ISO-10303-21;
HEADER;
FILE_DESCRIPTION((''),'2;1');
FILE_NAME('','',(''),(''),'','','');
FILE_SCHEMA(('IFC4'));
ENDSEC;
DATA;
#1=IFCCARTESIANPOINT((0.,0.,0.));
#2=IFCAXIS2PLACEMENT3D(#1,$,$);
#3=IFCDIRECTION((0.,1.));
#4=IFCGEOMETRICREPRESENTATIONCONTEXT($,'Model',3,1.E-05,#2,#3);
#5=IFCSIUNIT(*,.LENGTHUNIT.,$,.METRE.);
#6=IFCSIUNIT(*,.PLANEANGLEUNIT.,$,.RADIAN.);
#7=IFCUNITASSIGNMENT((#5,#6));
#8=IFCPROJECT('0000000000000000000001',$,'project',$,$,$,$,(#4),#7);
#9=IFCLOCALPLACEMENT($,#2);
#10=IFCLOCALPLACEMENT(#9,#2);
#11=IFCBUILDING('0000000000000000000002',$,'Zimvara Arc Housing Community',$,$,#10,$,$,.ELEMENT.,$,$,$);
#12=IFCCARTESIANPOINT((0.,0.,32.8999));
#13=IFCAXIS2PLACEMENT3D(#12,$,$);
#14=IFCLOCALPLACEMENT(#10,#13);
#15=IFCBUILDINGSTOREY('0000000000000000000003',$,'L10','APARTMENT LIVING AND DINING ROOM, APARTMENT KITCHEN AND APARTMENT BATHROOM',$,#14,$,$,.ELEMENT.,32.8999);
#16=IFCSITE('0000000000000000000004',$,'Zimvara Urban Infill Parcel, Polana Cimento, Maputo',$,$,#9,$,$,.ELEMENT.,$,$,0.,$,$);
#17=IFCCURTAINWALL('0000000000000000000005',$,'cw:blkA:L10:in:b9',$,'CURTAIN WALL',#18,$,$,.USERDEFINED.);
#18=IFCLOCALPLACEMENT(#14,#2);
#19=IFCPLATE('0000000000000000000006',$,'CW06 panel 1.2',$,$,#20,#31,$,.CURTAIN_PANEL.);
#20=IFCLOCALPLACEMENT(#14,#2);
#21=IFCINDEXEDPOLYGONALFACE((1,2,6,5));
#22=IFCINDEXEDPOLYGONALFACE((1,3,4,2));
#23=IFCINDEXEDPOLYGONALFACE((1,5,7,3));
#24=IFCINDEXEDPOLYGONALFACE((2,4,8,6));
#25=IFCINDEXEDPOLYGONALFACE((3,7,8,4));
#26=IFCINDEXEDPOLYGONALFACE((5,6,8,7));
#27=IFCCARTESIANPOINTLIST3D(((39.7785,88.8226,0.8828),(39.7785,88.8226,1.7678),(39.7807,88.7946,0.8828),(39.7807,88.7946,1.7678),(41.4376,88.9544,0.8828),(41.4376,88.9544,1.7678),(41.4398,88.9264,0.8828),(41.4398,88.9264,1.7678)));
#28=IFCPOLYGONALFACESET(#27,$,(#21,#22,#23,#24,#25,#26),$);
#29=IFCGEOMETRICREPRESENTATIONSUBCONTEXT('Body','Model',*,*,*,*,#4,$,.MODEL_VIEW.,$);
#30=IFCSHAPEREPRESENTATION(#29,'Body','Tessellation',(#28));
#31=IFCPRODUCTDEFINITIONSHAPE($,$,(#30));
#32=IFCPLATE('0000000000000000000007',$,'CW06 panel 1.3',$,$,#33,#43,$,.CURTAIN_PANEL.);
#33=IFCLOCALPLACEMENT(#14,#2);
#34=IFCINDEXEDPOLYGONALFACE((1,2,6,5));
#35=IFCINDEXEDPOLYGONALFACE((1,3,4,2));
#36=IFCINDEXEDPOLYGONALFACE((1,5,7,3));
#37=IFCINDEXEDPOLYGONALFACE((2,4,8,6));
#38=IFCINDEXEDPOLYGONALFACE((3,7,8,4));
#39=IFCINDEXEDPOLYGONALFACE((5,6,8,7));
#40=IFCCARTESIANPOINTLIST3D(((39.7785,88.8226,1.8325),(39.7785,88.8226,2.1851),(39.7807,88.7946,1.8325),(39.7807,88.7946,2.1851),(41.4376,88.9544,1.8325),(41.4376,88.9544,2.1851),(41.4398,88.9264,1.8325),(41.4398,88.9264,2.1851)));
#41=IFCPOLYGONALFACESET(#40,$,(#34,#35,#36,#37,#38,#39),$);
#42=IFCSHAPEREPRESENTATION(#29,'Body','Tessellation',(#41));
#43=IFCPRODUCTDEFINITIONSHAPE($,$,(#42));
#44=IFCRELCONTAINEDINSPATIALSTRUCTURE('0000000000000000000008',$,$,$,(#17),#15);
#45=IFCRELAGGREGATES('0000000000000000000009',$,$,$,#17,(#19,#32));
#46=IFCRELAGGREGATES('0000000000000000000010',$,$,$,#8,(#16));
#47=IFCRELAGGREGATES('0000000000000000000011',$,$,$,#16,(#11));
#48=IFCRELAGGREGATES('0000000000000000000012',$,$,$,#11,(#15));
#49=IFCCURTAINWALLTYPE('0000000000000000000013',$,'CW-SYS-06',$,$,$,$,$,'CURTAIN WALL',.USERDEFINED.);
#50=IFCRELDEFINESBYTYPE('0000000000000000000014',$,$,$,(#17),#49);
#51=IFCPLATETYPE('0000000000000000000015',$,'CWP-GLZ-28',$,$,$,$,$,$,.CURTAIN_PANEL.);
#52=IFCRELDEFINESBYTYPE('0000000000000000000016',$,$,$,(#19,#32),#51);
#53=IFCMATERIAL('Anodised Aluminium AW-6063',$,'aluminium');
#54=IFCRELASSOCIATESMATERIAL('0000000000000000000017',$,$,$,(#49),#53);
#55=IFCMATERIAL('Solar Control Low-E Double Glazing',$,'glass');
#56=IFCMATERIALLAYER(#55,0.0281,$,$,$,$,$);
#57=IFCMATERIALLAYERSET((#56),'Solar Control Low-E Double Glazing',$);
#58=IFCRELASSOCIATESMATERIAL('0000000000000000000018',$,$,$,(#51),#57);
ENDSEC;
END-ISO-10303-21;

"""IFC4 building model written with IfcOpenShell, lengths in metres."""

from ifc_helpers import new_model, si_unit, direction, frame, origin, origin_2d, place, context, subcontext, project, spatial, rectangle, extrude, material, layer, layer_set, type_object, element, aggregate, save


model = new_model("IFC4")

# Units and contexts
model_context = context("Model", 3, precision=1e-05, world=origin(), true_north=direction((0.0, 1.0)))
body_context = subcontext(model_context, "Body", "Model", "MODEL_VIEW")
ifc_project = project(units=[si_unit("LENGTHUNIT", "METRE"), si_unit("PLANEANGLEUNIT", "RADIAN")], contexts=[model_context])

# Site, building, storey
site_placement = place(None, origin())
site = spatial("IfcSite", under=ifc_project, at=site_placement, Name="Zimvara Urban Infill Parcel, Polana Cimento, Maputo", CompositionType="ELEMENT", RefElevation=0.0)
building_placement = place(site_placement, origin())
building = spatial("IfcBuilding", under=site, at=building_placement, Name="Zimvara Arc Housing Community", CompositionType="ELEMENT")
storey_placement = place(building_placement, frame((0.0, 0.0, 32.8999)))
storey = spatial("IfcBuildingStorey", under=building, at=storey_placement, Name="L10", Description="APARTMENT LIVING AND DINING ROOM, APARTMENT KITCHEN AND APARTMENT BATHROOM", CompositionType="ELEMENT", Elevation=32.8999)

# Curtain wall, plates
ifc_material_1 = material(Name="Anodised Aluminium AW-6063", Category="aluminium")
curtain_wall_type = type_object("IfcCurtainWallType", Name="CW-SYS-06", ElementType="CURTAIN WALL", PredefinedType="USERDEFINED", material=ifc_material_1)
curtain_wall_placement = place(storey_placement, origin())
curtain_wall = element("IfcCurtainWall", 1, at=curtain_wall_placement, inside=storey, type_object=curtain_wall_type, Name="cw:blkA:L10:in:b9", ObjectType="CURTAIN WALL", PredefinedType="USERDEFINED")
ifc_material_2 = material(Name="Solar Control Low-E Double Glazing", Category="glass")
ifc_layer_1 = layer(ifc_material_2, 0.0281)
ifc_layer_set_1 = layer_set([ifc_layer_1], Name="Solar Control Low-E Double Glazing")
plate_type = type_object("IfcPlateType", Name="CWP-GLZ-28", PredefinedType="CURTAIN_PANEL", material=ifc_layer_set_1)
plate_1_placement = place(storey_placement, frame((40.6091, 88.8745, 0.8828), z_axis=(0.0, 0.0, 1.0), x_axis=(0.996862, 0.079155, 0.0)))
plate_1 = element("IfcPlate", 2, at=plate_1_placement, type_object=plate_type, Name="CW06 panel 1.2", PredefinedType="CURTAIN_PANEL", context=body_context, shape_type="SweptSolid", body=[
    extrude(rectangle(XDim=1.6643, YDim=0.0281, at=origin_2d()), origin(), (0.0, 0.0, 1.0), 0.885),
])
plate_2_placement = place(storey_placement, frame((40.6091, 88.8745, 1.8325), z_axis=(0.0, 0.0, 1.0), x_axis=(0.996862, 0.079155, 0.0)))
plate_2 = element("IfcPlate", 3, at=plate_2_placement, type_object=plate_type, Name="CW06 panel 1.3", PredefinedType="CURTAIN_PANEL", context=body_context, shape_type="SweptSolid", body=[
    extrude(rectangle(XDim=1.6643, YDim=0.0281, at=origin_2d()), origin(), (0.0, 0.0, 1.0), 0.3525),
])
aggregate(curtain_wall, [plate_1, plate_2])

save(model, "model.ifc")
